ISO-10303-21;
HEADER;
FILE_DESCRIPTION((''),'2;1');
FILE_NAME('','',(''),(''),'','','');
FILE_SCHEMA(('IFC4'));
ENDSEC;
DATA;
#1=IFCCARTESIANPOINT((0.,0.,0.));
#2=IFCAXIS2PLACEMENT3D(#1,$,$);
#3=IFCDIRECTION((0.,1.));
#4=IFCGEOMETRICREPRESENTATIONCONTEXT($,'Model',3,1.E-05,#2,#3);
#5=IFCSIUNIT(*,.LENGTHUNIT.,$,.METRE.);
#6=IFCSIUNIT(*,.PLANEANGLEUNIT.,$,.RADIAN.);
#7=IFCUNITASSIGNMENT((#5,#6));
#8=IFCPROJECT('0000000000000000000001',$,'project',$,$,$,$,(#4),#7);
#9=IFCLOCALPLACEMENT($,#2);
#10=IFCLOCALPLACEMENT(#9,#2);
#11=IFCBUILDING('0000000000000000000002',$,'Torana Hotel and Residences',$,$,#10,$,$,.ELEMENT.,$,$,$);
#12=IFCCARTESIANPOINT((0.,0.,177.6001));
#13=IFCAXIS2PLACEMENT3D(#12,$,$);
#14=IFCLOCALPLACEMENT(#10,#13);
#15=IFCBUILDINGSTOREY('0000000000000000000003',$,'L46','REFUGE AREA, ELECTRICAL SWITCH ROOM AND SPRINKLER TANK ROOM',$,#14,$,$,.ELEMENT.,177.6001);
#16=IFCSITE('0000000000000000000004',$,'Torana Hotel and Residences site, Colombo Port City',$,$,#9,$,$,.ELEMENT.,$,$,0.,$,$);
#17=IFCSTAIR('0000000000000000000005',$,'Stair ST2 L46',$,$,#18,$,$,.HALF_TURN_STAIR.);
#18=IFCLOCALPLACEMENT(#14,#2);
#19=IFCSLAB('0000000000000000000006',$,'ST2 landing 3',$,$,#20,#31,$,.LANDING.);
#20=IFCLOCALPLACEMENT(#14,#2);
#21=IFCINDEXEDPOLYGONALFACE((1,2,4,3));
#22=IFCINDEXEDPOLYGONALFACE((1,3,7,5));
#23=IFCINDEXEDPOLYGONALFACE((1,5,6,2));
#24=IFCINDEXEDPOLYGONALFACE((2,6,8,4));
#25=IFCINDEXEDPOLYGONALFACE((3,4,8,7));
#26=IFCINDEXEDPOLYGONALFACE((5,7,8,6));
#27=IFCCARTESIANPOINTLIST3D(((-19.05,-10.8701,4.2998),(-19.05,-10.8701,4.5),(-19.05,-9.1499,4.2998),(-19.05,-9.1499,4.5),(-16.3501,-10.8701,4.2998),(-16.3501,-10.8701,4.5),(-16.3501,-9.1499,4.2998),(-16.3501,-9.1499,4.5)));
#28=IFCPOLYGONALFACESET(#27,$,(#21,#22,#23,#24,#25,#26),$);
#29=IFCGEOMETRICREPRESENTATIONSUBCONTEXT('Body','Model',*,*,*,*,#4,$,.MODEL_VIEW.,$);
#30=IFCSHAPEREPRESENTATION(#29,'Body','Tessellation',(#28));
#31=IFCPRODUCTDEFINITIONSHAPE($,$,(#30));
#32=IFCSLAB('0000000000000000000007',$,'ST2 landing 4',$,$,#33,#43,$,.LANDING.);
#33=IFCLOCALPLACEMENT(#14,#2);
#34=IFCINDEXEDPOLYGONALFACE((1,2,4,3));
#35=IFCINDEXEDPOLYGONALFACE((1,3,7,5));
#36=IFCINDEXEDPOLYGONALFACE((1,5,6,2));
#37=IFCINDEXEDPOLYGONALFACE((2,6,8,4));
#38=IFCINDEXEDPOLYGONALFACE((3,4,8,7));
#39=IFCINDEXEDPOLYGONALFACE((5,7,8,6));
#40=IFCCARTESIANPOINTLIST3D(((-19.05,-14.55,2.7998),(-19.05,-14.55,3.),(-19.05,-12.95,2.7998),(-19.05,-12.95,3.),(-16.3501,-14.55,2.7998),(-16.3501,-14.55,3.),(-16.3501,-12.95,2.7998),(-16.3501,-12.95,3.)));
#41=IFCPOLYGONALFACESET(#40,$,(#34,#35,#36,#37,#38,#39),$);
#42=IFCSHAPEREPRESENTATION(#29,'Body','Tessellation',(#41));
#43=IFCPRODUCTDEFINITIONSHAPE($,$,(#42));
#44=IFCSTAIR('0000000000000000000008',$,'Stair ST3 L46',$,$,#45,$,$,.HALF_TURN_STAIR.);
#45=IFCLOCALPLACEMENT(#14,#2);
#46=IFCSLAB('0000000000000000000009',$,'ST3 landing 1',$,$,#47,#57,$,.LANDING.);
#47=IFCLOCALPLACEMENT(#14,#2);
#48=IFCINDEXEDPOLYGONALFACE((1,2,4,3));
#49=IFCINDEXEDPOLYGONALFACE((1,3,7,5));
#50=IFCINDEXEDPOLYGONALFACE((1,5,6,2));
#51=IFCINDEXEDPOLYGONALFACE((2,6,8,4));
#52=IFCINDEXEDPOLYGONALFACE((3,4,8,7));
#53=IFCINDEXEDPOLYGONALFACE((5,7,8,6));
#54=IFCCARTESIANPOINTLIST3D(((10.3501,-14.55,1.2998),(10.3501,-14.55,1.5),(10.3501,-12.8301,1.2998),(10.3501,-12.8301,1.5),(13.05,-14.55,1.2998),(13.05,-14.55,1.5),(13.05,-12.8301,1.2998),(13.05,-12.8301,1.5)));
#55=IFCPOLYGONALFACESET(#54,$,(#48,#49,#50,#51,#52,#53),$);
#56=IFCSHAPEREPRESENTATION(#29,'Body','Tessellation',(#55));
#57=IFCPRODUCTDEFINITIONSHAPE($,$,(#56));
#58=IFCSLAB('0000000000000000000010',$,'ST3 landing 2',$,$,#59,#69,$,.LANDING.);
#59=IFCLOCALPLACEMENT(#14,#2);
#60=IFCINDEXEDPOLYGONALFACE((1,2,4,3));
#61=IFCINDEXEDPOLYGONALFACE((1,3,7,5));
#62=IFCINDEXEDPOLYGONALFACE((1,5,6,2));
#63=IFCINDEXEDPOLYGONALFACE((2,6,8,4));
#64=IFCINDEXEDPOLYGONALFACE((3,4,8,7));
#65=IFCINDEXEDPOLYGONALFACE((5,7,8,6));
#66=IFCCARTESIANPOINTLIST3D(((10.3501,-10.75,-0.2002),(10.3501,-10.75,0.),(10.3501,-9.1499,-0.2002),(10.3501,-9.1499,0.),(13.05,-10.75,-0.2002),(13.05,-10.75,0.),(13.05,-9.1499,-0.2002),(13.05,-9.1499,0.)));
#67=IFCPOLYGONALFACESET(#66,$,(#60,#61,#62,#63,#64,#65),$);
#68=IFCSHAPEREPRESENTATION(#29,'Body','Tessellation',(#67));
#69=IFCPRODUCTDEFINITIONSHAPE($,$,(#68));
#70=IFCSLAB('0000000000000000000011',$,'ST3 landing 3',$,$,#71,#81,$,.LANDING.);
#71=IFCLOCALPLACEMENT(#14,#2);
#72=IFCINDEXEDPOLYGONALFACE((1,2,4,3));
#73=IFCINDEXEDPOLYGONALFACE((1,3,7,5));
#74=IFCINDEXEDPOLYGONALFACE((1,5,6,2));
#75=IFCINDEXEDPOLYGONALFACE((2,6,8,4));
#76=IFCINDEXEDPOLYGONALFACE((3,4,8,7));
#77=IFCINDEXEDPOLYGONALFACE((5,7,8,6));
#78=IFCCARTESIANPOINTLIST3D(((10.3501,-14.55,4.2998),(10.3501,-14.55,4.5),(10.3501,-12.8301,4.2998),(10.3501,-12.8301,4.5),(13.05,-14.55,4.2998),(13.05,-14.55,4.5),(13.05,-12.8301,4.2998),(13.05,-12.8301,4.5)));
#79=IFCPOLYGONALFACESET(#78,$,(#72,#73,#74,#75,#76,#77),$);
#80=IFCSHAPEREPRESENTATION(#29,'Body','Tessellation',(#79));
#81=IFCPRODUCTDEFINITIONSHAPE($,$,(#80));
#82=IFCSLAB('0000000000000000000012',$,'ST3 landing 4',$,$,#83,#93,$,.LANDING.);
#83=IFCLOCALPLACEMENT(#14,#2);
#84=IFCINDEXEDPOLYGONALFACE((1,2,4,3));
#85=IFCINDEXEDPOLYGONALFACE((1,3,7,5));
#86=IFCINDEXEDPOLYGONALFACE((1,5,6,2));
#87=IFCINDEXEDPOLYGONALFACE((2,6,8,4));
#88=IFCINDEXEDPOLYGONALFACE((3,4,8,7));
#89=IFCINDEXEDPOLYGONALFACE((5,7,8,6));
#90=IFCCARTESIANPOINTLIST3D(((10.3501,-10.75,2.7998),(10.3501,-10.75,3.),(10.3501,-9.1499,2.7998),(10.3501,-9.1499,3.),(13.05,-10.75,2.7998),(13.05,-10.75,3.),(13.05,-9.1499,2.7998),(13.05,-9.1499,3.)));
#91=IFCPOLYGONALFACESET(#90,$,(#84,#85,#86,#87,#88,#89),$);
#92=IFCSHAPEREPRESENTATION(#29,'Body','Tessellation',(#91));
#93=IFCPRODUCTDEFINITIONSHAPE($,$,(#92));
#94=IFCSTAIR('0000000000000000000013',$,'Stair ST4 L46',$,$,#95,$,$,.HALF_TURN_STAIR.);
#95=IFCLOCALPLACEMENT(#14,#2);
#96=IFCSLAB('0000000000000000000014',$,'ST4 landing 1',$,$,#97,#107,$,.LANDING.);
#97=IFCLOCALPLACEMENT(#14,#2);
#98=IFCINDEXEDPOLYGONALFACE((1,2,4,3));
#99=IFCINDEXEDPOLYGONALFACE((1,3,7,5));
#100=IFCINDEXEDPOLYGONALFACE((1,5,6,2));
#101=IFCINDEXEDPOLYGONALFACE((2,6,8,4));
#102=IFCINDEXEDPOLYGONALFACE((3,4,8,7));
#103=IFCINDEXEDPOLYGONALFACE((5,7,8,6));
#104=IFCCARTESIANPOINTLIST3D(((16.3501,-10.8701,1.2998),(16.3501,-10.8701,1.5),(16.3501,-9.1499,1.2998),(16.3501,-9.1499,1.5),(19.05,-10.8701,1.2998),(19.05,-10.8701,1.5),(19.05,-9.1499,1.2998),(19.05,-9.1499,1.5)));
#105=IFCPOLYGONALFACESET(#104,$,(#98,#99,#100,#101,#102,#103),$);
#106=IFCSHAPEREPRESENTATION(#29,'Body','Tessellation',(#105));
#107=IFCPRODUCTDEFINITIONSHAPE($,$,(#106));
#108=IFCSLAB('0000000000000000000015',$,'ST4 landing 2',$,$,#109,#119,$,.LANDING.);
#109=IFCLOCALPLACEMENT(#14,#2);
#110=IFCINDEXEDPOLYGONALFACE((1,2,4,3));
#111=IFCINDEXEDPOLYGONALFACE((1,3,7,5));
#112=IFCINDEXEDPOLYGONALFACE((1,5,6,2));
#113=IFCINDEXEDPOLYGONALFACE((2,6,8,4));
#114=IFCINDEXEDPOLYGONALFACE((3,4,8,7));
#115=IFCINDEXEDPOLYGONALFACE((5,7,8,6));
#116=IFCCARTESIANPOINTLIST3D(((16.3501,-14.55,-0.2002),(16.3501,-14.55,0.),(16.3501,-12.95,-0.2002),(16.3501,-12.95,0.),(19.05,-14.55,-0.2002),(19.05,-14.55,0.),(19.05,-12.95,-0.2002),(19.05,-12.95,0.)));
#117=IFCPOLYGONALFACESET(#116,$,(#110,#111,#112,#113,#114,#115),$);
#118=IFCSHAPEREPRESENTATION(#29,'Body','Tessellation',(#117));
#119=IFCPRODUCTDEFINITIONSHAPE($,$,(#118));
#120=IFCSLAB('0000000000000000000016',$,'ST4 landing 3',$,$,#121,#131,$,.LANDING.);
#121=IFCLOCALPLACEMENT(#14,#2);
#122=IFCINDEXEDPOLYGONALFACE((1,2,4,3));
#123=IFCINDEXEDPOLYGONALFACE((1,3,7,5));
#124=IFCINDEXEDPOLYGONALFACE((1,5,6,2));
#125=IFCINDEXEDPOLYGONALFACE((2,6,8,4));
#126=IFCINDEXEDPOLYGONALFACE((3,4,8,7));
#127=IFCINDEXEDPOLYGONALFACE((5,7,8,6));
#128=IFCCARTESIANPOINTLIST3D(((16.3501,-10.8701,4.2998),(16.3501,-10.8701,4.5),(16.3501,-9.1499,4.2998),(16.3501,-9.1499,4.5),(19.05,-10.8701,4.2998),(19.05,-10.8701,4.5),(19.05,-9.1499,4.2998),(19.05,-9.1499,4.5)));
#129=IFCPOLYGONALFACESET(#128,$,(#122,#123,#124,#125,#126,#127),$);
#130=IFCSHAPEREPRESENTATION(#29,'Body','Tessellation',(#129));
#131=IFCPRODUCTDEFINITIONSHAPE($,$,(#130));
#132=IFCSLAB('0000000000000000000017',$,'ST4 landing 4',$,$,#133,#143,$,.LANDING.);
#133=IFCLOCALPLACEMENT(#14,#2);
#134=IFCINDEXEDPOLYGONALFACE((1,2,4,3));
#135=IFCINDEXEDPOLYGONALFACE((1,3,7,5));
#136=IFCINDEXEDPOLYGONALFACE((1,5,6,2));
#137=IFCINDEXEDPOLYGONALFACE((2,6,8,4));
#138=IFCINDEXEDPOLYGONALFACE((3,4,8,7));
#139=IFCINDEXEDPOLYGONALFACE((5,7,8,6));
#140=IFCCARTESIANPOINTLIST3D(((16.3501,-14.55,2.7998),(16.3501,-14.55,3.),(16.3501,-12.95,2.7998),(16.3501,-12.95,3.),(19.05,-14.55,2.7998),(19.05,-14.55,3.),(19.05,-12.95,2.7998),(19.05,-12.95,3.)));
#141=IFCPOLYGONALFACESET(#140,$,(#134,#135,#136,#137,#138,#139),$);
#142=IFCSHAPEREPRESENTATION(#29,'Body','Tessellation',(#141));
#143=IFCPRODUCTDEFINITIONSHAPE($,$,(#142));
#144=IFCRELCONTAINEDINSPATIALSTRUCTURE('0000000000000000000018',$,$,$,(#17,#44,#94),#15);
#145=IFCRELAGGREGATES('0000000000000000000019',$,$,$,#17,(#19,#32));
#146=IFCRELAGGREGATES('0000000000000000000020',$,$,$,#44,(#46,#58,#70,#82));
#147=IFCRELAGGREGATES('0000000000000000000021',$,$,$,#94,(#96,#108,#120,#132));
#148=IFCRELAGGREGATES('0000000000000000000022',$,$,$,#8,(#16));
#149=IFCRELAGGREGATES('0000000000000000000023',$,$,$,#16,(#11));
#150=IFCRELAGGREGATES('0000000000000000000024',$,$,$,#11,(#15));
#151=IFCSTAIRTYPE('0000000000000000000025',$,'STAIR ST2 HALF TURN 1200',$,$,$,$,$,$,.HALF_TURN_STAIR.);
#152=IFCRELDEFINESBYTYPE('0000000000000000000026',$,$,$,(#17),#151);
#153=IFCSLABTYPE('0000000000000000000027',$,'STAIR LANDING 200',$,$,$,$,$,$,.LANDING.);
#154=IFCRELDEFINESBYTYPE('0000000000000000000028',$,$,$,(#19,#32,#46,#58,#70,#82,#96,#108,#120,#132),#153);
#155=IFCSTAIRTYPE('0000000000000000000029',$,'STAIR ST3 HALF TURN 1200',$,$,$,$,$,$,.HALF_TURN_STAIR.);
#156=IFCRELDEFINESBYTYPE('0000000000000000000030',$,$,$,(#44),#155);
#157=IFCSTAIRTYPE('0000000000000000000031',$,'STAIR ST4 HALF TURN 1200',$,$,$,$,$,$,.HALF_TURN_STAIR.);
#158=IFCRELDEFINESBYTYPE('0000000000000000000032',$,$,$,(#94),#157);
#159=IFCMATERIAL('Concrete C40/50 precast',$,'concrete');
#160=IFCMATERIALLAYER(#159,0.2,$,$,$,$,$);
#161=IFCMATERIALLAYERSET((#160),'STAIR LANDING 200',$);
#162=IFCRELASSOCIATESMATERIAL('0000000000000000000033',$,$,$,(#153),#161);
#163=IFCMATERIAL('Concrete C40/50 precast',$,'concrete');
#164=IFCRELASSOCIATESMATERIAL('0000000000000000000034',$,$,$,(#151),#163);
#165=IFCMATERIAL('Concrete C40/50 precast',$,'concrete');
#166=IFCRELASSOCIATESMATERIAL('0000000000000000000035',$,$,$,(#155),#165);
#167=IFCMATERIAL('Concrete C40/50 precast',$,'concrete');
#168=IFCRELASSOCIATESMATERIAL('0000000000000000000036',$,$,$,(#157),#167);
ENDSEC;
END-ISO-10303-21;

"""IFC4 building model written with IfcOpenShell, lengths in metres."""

from ifc_helpers import new_model, si_unit, direction, frame, origin, place, context, subcontext, project, spatial, polyline, outline, extrude, material, layer, layer_set, type_object, element, aggregate, save


model = new_model("IFC4")

# Units and contexts
model_context = context("Model", 3, precision=1e-05, world=origin(), true_north=direction((0.0, 1.0)))
body_context = subcontext(model_context, "Body", "Model", "MODEL_VIEW")
ifc_project = project(units=[si_unit("LENGTHUNIT", "METRE"), si_unit("PLANEANGLEUNIT", "RADIAN")], contexts=[model_context])

# Site, building, storey
site_placement = place(None, origin())
site = spatial("IfcSite", under=ifc_project, at=site_placement, Name="Torana Hotel and Residences site, Colombo Port City", CompositionType="ELEMENT", RefElevation=0.0)
building_placement = place(site_placement, origin())
building = spatial("IfcBuilding", under=site, at=building_placement, Name="Torana Hotel and Residences", CompositionType="ELEMENT")
storey_placement = place(building_placement, frame((0.0, 0.0, 177.6001)))
storey = spatial("IfcBuildingStorey", under=building, at=storey_placement, Name="L46", Description="REFUGE AREA, ELECTRICAL SWITCH ROOM AND SPRINKLER TANK ROOM", CompositionType="ELEMENT", Elevation=177.6001)

# Stairs, slabs
ifc_material_1 = material(Name="Concrete C40/50 precast", Category="concrete")
ifc_layer_1 = layer(ifc_material_1, 0.2)
ifc_layer_set_1 = layer_set([ifc_layer_1], Name="STAIR LANDING 200")
slab_type_1 = type_object("IfcSlabType", Name="STAIR LANDING 200", PredefinedType="LANDING", material=ifc_layer_set_1)
ifc_material_2 = material(Name="Concrete C40/50 precast", Category="concrete")
stair_type_1 = type_object("IfcStairType", Name="STAIR ST2 HALF TURN 1200", PredefinedType="HALF_TURN_STAIR", material=ifc_material_2)
stair_1_placement = place(storey_placement, origin())
stair_1 = element("IfcStair", 1, at=stair_1_placement, inside=storey, type_object=stair_type_1, Name="Stair ST2 L46", PredefinedType="HALF_TURN_STAIR")
slab_1_placement = place(storey_placement, frame((0.0, 0.0, 4.2998)))
slab_1 = element("IfcSlab", 2, at=slab_1_placement, type_object=slab_type_1, Name="ST2 landing 3", PredefinedType="LANDING", context=body_context, shape_type="SweptSolid", body=[
    extrude(outline(polyline([(-19.05, -10.8701), (-16.3501, -10.8701), (-16.3501, -9.1499), (-19.05, -9.1499), (-19.05, -10.8701)])), origin(), (0.0, 0.0, 1.0), 0.2002),
])
slab_2_placement = place(storey_placement, frame((0.0, 0.0, 2.7998)))
slab_2 = element("IfcSlab", 3, at=slab_2_placement, type_object=slab_type_1, Name="ST2 landing 4", PredefinedType="LANDING", context=body_context, shape_type="SweptSolid", body=[
    extrude(outline(polyline([(-19.05, -14.55), (-16.3501, -14.55), (-16.3501, -12.95), (-19.05, -12.95), (-19.05, -14.55)])), origin(), (0.0, 0.0, 1.0), 0.2002),
])
aggregate(stair_1, [slab_1, slab_2])
ifc_material_3 = material(Name="Concrete C40/50 precast", Category="concrete")
stair_type_2 = type_object("IfcStairType", Name="STAIR ST3 HALF TURN 1200", PredefinedType="HALF_TURN_STAIR", material=ifc_material_3)
stair_2_placement = place(storey_placement, origin())
stair_2 = element("IfcStair", 4, at=stair_2_placement, inside=storey, type_object=stair_type_2, Name="Stair ST3 L46", PredefinedType="HALF_TURN_STAIR")
slab_3_placement = place(storey_placement, frame((0.0, 0.0, 1.2998)))
slab_3 = element("IfcSlab", 5, at=slab_3_placement, type_object=slab_type_1, Name="ST3 landing 1", PredefinedType="LANDING", context=body_context, shape_type="SweptSolid", body=[
    extrude(outline(polyline([(10.3501, -14.55), (13.05, -14.55), (13.05, -12.8301), (10.3501, -12.8301), (10.3501, -14.55)])), origin(), (0.0, 0.0, 1.0), 0.2002),
])
slab_4_placement = place(storey_placement, frame((0.0, 0.0, -0.2002)))
slab_4 = element("IfcSlab", 6, at=slab_4_placement, type_object=slab_type_1, Name="ST3 landing 2", PredefinedType="LANDING", context=body_context, shape_type="SweptSolid", body=[
    extrude(outline(polyline([(10.3501, -10.75), (13.05, -10.75), (13.05, -9.1499), (10.3501, -9.1499), (10.3501, -10.75)])), origin(), (0.0, 0.0, 1.0), 0.2002),
])
slab_5_placement = place(storey_placement, frame((0.0, 0.0, 4.2998)))
slab_5 = element("IfcSlab", 7, at=slab_5_placement, type_object=slab_type_1, Name="ST3 landing 3", PredefinedType="LANDING", context=body_context, shape_type="SweptSolid", body=[
    extrude(outline(polyline([(10.3501, -14.55), (13.05, -14.55), (13.05, -12.8301), (10.3501, -12.8301), (10.3501, -14.55)])), origin(), (0.0, 0.0, 1.0), 0.2002),
])
slab_6_placement = place(storey_placement, frame((0.0, 0.0, 2.7998)))
slab_6 = element("IfcSlab", 8, at=slab_6_placement, type_object=slab_type_1, Name="ST3 landing 4", PredefinedType="LANDING", context=body_context, shape_type="SweptSolid", body=[
    extrude(outline(polyline([(10.3501, -10.75), (13.05, -10.75), (13.05, -9.1499), (10.3501, -9.1499), (10.3501, -10.75)])), origin(), (0.0, 0.0, 1.0), 0.2002),
])
aggregate(stair_2, [slab_3, slab_4, slab_5, slab_6])
ifc_material_4 = material(Name="Concrete C40/50 precast", Category="concrete")
stair_type_3 = type_object("IfcStairType", Name="STAIR ST4 HALF TURN 1200", PredefinedType="HALF_TURN_STAIR", material=ifc_material_4)
stair_3_placement = place(storey_placement, origin())
stair_3 = element("IfcStair", 9, at=stair_3_placement, inside=storey, type_object=stair_type_3, Name="Stair ST4 L46", PredefinedType="HALF_TURN_STAIR")
slab_7_placement = place(storey_placement, frame((0.0, 0.0, 1.2998)))
slab_7 = element("IfcSlab", 10, at=slab_7_placement, type_object=slab_type_1, Name="ST4 landing 1", PredefinedType="LANDING", context=body_context, shape_type="SweptSolid", body=[
    extrude(outline(polyline([(16.3501, -10.8701), (19.05, -10.8701), (19.05, -9.1499), (16.3501, -9.1499), (16.3501, -10.8701)])), origin(), (0.0, 0.0, 1.0), 0.2002),
])
slab_8_placement = place(storey_placement, frame((0.0, 0.0, -0.2002)))
slab_8 = element("IfcSlab", 11, at=slab_8_placement, type_object=slab_type_1, Name="ST4 landing 2", PredefinedType="LANDING", context=body_context, shape_type="SweptSolid", body=[
    extrude(outline(polyline([(16.3501, -14.55), (19.05, -14.55), (19.05, -12.95), (16.3501, -12.95), (16.3501, -14.55)])), origin(), (0.0, 0.0, 1.0), 0.2002),
])
slab_9_placement = place(storey_placement, frame((0.0, 0.0, 4.2998)))
slab_9 = element("IfcSlab", 12, at=slab_9_placement, type_object=slab_type_1, Name="ST4 landing 3", PredefinedType="LANDING", context=body_context, shape_type="SweptSolid", body=[
    extrude(outline(polyline([(16.3501, -10.8701), (19.05, -10.8701), (19.05, -9.1499), (16.3501, -9.1499), (16.3501, -10.8701)])), origin(), (0.0, 0.0, 1.0), 0.2002),
])
slab_10_placement = place(storey_placement, frame((0.0, 0.0, 2.7998)))
slab_10 = element("IfcSlab", 13, at=slab_10_placement, type_object=slab_type_1, Name="ST4 landing 4", PredefinedType="LANDING", context=body_context, shape_type="SweptSolid", body=[
    extrude(outline(polyline([(16.3501, -14.55), (19.05, -14.55), (19.05, -12.95), (16.3501, -12.95), (16.3501, -14.55)])), origin(), (0.0, 0.0, 1.0), 0.2002),
])
aggregate(stair_3, [slab_7, slab_8, slab_9, slab_10])

save(model, "model.ifc")
